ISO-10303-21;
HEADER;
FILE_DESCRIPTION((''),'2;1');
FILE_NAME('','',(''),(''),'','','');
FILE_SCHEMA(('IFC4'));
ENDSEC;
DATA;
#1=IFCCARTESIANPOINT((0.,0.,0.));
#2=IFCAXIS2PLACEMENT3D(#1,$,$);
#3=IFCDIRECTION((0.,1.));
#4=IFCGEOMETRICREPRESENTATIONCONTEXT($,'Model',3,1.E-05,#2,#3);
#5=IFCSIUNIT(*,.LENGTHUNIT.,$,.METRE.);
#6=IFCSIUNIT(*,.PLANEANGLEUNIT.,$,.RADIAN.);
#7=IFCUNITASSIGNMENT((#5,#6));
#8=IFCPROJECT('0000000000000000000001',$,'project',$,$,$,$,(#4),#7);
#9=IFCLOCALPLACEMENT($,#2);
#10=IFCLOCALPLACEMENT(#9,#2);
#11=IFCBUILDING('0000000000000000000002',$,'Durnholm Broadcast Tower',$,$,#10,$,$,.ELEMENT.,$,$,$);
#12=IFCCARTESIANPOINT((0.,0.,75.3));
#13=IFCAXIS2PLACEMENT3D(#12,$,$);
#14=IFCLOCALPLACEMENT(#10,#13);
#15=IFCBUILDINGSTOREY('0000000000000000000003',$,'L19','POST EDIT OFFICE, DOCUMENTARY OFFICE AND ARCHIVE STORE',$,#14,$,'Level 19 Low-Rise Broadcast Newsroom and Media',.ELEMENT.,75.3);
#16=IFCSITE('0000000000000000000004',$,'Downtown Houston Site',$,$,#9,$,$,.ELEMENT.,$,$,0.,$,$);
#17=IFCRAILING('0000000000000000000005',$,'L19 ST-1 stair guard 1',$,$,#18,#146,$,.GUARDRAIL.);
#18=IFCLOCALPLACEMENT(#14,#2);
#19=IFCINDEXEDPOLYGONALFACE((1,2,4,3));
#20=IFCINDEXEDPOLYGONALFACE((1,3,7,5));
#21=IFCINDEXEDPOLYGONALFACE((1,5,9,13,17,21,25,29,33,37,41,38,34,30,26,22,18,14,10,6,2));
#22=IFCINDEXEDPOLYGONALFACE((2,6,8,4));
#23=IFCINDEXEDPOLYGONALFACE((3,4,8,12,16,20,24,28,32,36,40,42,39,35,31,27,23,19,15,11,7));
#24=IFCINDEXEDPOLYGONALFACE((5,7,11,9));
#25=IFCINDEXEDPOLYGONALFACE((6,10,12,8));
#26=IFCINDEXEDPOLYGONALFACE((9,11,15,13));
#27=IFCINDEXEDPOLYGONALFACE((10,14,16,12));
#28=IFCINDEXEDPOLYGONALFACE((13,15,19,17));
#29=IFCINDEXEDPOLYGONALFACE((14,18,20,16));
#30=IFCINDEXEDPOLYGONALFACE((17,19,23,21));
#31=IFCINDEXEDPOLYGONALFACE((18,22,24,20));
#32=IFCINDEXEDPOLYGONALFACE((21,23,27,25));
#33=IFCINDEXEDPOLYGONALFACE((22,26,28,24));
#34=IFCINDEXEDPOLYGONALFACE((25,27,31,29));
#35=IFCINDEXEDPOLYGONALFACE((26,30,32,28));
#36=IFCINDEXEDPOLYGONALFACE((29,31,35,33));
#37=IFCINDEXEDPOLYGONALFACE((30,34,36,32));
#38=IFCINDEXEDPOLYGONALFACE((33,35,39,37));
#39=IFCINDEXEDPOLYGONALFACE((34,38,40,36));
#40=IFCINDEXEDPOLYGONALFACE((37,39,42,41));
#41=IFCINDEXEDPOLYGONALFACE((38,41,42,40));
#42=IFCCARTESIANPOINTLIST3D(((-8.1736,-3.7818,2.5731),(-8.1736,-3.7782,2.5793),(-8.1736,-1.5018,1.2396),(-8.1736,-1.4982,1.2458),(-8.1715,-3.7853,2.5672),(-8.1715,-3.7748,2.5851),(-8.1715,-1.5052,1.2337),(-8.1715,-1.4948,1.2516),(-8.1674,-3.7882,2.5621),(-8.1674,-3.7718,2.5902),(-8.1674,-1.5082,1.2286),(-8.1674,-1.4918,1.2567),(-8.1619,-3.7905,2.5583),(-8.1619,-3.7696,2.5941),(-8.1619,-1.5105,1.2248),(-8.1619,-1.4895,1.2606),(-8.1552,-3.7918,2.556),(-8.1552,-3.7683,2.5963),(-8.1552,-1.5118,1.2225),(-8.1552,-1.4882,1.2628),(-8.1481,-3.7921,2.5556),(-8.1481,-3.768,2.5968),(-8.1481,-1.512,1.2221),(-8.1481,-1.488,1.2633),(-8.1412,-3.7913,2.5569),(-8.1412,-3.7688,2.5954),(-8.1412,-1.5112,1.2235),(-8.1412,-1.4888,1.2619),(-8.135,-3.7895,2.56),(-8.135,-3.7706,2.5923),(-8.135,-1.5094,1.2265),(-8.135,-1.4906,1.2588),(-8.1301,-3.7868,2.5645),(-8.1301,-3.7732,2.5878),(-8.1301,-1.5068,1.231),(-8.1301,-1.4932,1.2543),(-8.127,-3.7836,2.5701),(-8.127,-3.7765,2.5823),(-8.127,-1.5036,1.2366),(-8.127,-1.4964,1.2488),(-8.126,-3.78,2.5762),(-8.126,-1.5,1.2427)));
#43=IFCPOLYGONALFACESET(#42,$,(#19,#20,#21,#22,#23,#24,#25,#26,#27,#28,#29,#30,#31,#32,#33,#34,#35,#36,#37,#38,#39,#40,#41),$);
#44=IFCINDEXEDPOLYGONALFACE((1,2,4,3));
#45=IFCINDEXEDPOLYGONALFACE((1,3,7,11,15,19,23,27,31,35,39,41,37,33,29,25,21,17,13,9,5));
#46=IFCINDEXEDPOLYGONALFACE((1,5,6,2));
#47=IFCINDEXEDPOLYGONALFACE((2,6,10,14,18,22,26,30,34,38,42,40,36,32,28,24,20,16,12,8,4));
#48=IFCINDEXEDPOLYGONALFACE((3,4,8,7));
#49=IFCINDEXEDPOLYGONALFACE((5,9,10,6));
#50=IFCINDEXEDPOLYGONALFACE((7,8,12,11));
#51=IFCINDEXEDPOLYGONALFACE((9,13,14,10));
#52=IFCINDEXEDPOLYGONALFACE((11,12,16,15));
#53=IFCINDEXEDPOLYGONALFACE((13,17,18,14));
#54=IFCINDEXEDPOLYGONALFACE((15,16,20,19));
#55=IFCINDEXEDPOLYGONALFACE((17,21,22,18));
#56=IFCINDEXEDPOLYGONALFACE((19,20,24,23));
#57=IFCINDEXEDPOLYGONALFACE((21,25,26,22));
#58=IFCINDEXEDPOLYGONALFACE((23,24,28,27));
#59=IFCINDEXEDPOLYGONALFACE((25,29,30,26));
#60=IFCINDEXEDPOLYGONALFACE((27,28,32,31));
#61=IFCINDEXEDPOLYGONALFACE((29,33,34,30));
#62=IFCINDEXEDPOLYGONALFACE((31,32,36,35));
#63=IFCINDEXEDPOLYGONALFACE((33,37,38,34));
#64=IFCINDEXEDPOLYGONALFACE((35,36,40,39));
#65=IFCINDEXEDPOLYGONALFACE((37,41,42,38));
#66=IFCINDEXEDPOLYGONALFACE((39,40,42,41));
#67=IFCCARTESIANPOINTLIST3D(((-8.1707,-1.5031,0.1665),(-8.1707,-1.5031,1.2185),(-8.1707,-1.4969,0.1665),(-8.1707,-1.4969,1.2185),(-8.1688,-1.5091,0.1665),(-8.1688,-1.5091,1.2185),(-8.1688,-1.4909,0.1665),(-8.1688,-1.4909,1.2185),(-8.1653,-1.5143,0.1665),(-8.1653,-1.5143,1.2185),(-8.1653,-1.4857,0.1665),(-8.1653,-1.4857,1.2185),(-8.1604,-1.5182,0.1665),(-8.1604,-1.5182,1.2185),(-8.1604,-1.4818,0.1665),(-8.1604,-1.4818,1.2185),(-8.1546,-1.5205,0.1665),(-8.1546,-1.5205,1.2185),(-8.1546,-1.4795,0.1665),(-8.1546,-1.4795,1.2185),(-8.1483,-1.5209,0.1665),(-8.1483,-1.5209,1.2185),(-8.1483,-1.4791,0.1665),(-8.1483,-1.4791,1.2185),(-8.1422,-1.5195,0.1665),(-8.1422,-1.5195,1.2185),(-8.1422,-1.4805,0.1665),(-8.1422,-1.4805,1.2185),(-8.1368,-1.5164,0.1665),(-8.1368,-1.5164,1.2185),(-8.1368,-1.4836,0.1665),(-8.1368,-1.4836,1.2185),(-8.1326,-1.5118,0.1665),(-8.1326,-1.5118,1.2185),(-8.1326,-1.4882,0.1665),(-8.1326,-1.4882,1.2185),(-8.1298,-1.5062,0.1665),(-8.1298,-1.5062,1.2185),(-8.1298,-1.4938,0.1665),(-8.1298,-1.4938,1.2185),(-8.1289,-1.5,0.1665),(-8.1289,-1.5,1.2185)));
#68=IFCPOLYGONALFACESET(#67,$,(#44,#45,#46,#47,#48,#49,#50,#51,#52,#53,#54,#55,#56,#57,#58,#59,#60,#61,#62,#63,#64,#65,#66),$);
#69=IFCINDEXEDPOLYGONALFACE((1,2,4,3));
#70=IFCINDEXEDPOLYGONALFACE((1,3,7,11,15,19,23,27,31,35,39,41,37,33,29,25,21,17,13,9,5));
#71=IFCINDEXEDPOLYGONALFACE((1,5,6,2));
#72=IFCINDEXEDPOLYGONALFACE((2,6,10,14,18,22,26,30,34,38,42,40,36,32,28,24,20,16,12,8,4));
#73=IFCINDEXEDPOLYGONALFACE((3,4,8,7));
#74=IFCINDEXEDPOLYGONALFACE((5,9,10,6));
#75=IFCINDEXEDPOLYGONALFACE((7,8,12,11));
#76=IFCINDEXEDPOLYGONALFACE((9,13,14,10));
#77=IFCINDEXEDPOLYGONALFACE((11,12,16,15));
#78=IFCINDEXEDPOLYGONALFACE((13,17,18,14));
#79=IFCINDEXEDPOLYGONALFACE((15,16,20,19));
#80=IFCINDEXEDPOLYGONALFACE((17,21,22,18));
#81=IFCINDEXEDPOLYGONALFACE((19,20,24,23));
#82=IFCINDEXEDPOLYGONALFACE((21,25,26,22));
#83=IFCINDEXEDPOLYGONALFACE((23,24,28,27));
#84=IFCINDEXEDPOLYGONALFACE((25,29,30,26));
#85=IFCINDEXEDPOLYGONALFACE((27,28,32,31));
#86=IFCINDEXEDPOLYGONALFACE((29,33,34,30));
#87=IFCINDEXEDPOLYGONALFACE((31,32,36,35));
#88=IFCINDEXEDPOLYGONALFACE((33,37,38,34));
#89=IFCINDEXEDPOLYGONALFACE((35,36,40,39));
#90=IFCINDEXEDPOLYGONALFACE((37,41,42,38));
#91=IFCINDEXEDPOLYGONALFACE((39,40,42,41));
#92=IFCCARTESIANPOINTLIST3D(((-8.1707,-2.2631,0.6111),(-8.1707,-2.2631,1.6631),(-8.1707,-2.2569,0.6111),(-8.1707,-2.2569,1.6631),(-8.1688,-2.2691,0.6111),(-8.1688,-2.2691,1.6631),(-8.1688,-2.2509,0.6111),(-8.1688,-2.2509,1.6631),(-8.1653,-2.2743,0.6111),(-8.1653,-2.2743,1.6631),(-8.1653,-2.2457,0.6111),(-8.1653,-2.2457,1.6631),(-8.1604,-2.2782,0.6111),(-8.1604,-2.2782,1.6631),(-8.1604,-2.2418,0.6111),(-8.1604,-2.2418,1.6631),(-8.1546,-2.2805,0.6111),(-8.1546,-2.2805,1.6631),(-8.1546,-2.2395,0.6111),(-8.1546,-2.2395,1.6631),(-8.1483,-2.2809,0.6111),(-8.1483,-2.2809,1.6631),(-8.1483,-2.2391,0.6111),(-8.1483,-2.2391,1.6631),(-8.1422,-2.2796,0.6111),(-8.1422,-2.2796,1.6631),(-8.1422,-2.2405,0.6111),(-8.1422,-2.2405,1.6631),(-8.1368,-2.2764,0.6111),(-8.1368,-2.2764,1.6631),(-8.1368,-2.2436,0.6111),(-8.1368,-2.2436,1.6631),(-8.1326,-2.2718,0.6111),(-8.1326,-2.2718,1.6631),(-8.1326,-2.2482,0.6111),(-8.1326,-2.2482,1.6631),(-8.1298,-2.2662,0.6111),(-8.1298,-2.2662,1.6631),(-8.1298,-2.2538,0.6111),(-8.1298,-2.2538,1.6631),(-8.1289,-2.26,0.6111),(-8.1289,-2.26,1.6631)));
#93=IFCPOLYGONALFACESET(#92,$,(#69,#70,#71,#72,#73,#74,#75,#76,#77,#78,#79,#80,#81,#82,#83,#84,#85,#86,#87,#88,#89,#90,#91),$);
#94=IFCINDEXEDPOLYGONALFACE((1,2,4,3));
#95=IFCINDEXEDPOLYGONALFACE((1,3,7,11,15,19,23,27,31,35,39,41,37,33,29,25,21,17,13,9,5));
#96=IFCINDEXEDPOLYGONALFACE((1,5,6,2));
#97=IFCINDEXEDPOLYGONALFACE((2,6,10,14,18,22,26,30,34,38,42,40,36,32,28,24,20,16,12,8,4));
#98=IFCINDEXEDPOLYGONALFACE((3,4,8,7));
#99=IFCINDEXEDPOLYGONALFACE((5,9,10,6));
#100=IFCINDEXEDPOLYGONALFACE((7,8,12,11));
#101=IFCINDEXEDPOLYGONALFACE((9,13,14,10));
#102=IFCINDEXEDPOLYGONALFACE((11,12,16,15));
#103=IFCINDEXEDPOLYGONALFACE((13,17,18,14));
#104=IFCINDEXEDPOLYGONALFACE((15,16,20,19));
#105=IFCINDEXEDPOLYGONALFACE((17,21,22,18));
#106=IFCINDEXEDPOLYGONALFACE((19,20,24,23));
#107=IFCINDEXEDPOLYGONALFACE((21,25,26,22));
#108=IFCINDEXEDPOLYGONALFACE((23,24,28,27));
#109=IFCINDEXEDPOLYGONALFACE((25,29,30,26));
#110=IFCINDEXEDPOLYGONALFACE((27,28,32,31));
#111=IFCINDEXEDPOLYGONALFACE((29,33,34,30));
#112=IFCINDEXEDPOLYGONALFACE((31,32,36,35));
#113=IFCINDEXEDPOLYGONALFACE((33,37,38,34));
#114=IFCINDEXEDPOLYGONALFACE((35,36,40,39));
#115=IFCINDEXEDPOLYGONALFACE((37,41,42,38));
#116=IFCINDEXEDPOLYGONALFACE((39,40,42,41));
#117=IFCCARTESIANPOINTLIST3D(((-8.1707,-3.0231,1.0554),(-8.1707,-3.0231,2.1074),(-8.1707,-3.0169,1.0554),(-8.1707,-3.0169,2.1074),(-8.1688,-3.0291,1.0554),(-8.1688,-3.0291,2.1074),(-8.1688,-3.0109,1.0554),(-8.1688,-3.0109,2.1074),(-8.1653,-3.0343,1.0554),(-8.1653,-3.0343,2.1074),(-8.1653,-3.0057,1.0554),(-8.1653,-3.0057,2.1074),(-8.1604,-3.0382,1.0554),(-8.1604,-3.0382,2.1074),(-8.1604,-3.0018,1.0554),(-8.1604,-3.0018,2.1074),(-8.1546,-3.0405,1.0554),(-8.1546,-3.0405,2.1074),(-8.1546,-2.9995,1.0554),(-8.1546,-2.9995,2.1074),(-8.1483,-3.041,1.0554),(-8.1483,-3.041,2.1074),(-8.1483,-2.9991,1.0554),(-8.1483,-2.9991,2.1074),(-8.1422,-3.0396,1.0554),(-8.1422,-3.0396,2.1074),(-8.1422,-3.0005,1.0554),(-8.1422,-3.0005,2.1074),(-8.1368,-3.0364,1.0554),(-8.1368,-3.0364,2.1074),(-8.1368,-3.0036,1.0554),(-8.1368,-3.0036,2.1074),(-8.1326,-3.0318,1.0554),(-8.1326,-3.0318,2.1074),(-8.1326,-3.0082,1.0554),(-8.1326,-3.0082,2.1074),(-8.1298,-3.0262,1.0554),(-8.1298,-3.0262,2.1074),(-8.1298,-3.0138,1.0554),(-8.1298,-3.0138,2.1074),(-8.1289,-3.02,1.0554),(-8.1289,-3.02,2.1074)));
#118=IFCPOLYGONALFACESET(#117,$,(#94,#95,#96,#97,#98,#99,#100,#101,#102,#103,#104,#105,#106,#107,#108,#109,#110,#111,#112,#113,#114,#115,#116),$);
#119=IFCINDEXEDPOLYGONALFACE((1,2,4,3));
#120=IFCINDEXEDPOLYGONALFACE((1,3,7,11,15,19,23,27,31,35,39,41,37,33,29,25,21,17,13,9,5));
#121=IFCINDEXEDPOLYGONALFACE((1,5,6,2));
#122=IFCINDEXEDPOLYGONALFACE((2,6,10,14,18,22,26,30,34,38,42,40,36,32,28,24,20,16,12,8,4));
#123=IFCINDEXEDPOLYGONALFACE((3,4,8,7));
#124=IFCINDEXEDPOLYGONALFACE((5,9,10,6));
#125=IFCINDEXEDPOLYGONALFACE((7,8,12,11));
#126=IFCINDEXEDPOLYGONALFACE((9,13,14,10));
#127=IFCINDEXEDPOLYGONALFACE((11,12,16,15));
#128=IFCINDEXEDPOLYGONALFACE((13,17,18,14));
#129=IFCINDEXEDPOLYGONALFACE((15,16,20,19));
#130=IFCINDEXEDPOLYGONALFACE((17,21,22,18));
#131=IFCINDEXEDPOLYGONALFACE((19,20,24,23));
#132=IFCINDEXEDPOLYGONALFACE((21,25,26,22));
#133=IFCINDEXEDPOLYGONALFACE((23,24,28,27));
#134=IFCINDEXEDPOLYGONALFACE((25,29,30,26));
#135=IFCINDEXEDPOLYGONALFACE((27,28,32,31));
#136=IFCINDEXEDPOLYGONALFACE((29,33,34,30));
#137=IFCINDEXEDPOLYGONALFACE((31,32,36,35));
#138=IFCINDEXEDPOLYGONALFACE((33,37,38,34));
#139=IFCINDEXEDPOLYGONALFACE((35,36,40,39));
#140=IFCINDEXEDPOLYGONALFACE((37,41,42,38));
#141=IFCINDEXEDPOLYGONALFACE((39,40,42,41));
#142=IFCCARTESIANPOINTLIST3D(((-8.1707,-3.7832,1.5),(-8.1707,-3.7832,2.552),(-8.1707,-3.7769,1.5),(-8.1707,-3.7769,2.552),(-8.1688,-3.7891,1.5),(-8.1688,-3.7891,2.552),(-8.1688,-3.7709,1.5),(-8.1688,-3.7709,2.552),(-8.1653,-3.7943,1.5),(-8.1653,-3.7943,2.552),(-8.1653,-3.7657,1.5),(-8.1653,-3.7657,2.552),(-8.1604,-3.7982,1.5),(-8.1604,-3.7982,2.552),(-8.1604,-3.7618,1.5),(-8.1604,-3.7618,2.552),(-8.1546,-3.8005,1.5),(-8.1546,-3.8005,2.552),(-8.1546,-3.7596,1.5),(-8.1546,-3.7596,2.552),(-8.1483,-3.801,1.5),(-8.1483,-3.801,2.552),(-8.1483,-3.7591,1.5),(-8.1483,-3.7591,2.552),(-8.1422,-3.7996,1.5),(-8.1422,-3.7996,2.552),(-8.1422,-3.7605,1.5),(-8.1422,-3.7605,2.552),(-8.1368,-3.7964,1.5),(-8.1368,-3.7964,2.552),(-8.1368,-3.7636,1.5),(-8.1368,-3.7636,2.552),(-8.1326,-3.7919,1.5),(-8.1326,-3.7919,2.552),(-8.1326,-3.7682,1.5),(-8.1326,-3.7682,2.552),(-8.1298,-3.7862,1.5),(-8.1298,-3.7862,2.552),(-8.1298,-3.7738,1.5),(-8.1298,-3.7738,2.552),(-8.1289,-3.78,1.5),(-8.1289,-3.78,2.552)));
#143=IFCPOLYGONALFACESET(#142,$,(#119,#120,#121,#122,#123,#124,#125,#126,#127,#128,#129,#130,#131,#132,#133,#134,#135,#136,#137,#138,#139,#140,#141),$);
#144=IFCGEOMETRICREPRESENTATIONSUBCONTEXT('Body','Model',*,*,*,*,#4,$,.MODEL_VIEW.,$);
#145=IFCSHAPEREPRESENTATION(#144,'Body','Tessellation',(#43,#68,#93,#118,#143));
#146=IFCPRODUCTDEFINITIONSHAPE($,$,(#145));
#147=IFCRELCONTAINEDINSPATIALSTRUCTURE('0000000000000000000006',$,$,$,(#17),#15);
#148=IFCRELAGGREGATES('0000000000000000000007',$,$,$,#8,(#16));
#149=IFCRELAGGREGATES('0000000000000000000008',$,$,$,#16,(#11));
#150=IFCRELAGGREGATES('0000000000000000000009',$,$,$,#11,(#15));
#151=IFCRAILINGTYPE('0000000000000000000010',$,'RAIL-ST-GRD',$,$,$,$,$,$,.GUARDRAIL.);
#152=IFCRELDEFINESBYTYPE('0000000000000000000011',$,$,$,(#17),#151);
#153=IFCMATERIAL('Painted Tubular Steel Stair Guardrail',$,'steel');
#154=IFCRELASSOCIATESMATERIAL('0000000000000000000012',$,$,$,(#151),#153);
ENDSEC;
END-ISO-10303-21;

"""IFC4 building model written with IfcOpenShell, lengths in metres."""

from ifc_helpers import new_model, si_unit, direction, frame, origin, origin_2d, place, context, subcontext, project, spatial, circle, extrude, material, type_object, element, save


model = new_model("IFC4")

# Units and contexts
model_context = context("Model", 3, precision=1e-05, world=origin(), true_north=direction((0.0, 1.0)))
body_context = subcontext(model_context, "Body", "Model", "MODEL_VIEW")
ifc_project = project(units=[si_unit("LENGTHUNIT", "METRE"), si_unit("PLANEANGLEUNIT", "RADIAN")], contexts=[model_context])

# Site, building, storey
site_placement = place(None, origin())
site = spatial("IfcSite", under=ifc_project, at=site_placement, Name="Downtown Houston Site", CompositionType="ELEMENT", RefElevation=0.0)
building_placement = place(site_placement, origin())
building = spatial("IfcBuilding", under=site, at=building_placement, Name="Durnholm Broadcast Tower", CompositionType="ELEMENT")
storey_placement = place(building_placement, frame((0.0, 0.0, 75.3)))
storey = spatial("IfcBuildingStorey", under=building, at=storey_placement, Name="L19", Description="POST EDIT OFFICE, DOCUMENTARY OFFICE AND ARCHIVE STORE", LongName="Level 19 Low-Rise Broadcast Newsroom and Media", CompositionType="ELEMENT", Elevation=75.3)

# Railing
ifc_material_1 = material(Name="Painted Tubular Steel Stair Guardrail", Category="steel")
railing_type_1 = type_object("IfcRailingType", Name="RAIL-ST-GRD", PredefinedType="GUARDRAIL", material=ifc_material_1)
railing_1_placement = place(storey_placement, frame((-8.1499, -1.5, 0.1665)))
element("IfcRailing", 1, at=railing_1_placement, inside=storey, type_object=railing_type_1, Name="L19 ST-1 stair guard 1", PredefinedType="GUARDRAIL", context=body_context, shape_type="SweptSolid", body=[
    extrude(circle(Radius=0.0239, at=origin_2d()), frame((0.0, 0.0, 1.0762), z_axis=(0.0, -0.863205, 0.504853), x_axis=(1.0, 0.0, 0.0)), (0.0, 0.0, 1.0), 2.6414),
    extrude(circle(Radius=0.021, at=origin_2d()), origin(), (0.0, 0.0, 1.0), 1.052),
    extrude(circle(Radius=0.021, at=origin_2d()), frame((0.0, -0.76, 0.4446)), (0.0, 0.0, 1.0), 1.052),
    extrude(circle(Radius=0.021, at=origin_2d()), frame((0.0, -1.52, 0.8889)), (0.0, 0.0, 1.0), 1.052),
    extrude(circle(Radius=0.021, at=origin_2d()), frame((0.0, -2.28, 1.3335)), (0.0, 0.0, 1.0), 1.052),
])

save(model, "model.ifc")
